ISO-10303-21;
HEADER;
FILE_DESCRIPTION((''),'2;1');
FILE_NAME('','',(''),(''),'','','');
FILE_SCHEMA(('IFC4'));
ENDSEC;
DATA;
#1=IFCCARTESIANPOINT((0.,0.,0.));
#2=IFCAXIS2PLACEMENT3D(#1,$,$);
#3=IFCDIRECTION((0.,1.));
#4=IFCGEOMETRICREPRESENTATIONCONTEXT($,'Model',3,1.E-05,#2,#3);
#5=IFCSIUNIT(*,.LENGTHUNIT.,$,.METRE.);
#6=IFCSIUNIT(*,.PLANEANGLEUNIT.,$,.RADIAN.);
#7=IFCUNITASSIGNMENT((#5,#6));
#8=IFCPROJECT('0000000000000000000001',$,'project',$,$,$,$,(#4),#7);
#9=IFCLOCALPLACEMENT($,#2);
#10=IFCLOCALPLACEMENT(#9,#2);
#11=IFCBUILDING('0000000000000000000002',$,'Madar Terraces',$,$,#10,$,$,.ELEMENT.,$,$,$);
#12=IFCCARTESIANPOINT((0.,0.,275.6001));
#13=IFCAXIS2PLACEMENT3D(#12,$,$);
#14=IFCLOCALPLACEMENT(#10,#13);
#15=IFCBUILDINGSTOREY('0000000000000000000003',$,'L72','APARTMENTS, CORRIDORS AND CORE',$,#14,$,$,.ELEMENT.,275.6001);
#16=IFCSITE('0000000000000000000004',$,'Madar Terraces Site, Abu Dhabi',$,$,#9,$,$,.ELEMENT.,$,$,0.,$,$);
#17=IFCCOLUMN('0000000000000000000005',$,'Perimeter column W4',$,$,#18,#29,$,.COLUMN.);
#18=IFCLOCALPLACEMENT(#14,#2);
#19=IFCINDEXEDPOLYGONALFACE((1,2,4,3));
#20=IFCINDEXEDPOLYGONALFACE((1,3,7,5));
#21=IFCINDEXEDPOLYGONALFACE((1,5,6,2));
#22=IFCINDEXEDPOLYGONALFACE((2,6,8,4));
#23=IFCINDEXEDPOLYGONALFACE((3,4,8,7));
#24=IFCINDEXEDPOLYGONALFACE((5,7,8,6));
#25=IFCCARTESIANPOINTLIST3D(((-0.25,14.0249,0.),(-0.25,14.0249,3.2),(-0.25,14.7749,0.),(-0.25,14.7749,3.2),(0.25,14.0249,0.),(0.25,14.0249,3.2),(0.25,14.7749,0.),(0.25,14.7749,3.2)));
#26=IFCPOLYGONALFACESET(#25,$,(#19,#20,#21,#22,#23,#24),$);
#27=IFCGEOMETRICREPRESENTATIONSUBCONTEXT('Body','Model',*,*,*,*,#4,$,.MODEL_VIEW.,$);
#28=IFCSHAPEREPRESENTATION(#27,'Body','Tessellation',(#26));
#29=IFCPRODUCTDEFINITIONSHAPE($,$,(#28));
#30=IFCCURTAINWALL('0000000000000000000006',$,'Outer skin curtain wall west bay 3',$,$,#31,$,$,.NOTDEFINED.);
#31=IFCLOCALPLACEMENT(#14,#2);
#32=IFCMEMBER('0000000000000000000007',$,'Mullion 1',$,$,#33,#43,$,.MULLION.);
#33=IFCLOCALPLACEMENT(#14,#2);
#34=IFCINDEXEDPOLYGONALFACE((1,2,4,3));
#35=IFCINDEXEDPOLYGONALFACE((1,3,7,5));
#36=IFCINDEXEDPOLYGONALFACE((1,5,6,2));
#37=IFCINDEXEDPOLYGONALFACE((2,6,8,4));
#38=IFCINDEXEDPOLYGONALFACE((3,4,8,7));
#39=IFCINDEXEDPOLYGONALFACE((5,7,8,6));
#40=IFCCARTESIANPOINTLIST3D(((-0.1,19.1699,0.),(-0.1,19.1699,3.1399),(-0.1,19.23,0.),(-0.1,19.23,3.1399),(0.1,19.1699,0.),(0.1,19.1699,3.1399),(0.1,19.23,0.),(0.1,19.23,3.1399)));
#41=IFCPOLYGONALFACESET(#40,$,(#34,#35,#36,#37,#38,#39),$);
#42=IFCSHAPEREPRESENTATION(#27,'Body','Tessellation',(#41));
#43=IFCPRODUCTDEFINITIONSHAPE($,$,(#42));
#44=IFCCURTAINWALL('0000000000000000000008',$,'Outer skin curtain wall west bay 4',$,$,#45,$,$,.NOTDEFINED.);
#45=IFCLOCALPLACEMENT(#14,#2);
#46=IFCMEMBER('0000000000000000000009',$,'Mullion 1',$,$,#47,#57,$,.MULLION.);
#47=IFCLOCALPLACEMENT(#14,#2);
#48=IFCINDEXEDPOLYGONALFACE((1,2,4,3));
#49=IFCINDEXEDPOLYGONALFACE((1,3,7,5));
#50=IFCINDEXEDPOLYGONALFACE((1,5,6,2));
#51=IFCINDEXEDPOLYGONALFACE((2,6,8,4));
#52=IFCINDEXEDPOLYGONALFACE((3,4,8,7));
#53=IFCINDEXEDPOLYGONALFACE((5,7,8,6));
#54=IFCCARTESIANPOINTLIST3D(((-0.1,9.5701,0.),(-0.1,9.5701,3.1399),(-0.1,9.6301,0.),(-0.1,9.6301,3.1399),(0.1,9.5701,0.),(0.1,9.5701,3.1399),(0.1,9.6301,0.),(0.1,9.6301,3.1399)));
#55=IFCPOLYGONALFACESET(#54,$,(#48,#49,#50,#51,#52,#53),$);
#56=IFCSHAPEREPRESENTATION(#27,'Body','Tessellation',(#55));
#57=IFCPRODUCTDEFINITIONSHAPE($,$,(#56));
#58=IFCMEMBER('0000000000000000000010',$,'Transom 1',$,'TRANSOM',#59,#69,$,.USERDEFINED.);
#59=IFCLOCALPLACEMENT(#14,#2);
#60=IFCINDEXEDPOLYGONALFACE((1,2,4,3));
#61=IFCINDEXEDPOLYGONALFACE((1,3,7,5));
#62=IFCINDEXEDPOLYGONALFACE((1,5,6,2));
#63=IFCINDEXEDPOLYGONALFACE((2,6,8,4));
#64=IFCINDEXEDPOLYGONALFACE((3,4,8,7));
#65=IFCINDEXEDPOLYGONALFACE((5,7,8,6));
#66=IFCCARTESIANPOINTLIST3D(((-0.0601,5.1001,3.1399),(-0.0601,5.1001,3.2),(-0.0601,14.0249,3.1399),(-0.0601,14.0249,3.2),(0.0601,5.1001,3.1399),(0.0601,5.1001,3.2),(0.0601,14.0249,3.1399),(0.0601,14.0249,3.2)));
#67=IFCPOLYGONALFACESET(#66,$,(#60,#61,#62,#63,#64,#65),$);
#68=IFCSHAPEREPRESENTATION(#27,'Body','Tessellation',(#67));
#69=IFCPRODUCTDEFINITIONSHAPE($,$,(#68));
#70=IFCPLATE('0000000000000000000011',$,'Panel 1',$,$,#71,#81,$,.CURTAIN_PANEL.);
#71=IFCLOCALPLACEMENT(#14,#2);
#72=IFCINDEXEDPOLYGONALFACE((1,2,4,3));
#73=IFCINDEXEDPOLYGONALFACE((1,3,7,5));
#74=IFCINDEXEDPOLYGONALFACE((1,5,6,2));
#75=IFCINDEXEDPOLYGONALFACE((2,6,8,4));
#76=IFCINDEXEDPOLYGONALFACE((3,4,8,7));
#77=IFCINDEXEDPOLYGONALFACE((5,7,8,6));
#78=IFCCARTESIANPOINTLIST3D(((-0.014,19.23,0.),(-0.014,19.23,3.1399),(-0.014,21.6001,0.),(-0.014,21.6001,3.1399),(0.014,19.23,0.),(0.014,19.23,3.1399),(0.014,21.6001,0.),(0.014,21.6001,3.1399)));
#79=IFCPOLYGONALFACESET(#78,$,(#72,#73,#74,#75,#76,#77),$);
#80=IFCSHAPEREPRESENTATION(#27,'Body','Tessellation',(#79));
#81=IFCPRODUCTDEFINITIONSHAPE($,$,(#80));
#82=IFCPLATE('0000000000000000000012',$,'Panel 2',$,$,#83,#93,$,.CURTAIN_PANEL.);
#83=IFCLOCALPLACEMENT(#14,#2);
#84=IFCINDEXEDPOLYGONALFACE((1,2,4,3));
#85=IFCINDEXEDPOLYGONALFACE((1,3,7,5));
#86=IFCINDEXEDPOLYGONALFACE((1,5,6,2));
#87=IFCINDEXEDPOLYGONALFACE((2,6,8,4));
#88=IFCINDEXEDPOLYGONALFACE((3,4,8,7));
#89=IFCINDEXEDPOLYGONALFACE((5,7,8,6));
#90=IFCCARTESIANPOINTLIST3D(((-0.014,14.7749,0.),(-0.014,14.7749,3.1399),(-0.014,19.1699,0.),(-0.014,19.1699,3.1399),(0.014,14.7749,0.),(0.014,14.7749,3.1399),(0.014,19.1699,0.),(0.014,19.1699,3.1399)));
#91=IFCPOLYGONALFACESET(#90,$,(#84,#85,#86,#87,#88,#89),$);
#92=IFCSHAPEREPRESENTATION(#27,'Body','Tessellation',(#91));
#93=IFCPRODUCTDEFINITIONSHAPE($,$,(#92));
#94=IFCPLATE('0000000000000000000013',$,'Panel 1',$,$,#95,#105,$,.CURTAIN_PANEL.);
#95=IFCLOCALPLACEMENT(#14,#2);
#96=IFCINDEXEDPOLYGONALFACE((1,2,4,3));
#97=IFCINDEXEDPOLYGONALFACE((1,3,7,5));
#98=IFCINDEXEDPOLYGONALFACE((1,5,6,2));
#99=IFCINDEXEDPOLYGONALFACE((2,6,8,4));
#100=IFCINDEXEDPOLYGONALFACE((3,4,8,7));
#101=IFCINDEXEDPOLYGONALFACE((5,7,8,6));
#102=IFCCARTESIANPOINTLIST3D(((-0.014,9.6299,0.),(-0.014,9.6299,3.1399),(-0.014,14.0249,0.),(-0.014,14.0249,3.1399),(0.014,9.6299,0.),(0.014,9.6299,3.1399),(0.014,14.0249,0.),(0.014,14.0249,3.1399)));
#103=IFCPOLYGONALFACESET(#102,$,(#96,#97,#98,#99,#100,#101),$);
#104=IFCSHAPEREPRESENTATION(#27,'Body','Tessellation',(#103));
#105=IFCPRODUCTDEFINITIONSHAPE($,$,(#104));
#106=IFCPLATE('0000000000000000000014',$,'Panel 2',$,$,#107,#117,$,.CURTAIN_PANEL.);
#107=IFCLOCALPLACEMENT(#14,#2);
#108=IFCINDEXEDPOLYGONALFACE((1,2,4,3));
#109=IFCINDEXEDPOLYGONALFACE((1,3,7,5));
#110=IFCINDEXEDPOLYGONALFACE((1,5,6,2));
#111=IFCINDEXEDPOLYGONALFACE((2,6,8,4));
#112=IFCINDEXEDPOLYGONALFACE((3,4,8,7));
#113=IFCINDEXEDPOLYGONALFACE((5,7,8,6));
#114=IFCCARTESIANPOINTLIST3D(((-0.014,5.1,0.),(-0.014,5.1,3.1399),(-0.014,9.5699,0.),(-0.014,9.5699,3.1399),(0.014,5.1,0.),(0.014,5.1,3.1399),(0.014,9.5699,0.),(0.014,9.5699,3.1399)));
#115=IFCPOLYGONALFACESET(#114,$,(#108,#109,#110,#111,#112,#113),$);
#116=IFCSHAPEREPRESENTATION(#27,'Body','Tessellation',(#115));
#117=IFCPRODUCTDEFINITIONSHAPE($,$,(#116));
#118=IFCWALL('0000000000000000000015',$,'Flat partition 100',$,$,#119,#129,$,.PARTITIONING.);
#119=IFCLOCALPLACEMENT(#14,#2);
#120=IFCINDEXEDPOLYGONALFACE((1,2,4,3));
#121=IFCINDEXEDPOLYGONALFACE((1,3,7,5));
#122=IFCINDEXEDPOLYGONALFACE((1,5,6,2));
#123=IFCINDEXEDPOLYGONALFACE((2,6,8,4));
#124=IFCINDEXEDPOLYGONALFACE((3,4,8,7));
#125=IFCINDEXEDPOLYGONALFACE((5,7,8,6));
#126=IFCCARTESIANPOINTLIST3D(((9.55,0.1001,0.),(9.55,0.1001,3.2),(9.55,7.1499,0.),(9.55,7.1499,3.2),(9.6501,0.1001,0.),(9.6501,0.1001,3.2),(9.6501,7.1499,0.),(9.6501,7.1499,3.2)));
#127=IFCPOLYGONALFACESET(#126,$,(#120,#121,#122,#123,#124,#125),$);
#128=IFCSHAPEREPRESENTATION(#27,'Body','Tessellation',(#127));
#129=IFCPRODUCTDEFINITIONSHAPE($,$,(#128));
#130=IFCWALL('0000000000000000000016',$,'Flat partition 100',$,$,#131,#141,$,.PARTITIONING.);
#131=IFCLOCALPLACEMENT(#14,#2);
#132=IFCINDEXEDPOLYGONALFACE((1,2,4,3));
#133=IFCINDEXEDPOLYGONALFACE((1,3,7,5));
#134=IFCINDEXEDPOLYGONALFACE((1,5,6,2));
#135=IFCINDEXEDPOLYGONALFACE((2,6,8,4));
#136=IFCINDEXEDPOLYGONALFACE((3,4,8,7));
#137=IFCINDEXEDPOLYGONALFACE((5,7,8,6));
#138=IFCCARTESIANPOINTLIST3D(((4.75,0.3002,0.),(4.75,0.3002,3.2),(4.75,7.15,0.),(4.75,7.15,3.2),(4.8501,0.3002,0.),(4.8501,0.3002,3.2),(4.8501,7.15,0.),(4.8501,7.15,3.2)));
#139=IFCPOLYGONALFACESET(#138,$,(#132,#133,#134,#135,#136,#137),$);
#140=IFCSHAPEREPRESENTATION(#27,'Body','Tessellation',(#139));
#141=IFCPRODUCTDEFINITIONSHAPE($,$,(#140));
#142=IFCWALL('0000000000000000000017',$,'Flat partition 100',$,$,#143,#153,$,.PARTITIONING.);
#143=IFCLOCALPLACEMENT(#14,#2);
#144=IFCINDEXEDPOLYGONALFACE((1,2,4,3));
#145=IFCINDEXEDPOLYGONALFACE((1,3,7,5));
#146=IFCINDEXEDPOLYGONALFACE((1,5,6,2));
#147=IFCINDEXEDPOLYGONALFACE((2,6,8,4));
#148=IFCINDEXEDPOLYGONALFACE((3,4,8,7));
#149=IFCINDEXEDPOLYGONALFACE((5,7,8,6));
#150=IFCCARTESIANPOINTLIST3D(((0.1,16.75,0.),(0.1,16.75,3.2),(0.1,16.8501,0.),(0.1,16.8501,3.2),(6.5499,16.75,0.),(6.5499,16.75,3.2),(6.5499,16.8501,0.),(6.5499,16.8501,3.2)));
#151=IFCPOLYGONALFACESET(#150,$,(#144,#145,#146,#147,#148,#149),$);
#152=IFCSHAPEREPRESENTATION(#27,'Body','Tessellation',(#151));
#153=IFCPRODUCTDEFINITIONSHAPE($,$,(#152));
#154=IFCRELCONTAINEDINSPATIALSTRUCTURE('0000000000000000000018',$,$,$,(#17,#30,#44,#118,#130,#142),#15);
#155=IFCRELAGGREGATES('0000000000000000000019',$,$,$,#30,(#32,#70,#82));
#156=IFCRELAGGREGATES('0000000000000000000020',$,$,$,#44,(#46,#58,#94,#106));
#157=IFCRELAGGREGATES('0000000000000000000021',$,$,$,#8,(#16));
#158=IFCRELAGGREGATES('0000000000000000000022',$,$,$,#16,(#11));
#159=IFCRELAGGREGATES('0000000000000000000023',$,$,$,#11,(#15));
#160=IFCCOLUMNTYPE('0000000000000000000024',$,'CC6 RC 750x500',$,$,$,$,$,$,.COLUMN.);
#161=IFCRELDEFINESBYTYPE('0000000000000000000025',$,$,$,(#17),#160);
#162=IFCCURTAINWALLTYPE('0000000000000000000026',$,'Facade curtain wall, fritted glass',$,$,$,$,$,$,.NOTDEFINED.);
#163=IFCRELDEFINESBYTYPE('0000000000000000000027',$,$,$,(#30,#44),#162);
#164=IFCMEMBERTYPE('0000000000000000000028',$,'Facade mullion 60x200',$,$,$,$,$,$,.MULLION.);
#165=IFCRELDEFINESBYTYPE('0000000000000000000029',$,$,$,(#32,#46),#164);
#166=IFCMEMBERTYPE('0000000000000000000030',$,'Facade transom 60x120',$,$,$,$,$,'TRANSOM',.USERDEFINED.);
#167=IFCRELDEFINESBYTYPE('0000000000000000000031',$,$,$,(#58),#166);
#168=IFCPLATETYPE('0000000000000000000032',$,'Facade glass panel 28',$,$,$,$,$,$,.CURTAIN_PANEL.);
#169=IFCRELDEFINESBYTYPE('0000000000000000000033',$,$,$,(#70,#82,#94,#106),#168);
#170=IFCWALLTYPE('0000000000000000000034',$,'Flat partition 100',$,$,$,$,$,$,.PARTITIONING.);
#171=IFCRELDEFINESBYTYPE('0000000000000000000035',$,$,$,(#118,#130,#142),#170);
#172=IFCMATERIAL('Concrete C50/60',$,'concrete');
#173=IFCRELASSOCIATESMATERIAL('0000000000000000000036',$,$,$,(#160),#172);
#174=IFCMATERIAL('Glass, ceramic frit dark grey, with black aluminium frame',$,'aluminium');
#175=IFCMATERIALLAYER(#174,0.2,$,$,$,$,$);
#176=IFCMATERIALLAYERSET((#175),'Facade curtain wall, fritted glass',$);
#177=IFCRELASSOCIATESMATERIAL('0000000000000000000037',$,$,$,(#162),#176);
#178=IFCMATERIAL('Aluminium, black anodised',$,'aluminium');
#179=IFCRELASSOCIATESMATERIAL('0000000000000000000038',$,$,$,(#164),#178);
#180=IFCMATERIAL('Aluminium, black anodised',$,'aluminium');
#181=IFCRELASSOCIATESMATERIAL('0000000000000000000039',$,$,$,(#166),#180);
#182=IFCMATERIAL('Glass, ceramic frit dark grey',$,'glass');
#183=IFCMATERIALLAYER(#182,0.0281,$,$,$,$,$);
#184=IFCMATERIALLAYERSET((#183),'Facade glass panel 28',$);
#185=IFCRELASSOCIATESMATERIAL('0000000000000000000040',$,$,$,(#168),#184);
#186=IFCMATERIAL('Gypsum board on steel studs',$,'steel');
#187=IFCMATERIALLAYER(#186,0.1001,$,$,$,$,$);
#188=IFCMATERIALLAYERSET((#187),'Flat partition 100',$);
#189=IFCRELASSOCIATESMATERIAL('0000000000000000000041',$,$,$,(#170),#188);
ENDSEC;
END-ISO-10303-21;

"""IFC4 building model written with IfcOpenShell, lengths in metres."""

from ifc_helpers import new_model, si_unit, direction, frame, frame_2d, origin, origin_2d, place, context, subcontext, project, spatial, rectangle, extrude, material, layer, layer_set, material_profile, profile_set, type_object, element, aggregate, save


model = new_model("IFC4")

# Units and contexts
model_context = context("Model", 3, precision=1e-05, world=origin(), true_north=direction((0.0, 1.0)))
body_context = subcontext(model_context, "Body", "Model", "MODEL_VIEW")
ifc_project = project(units=[si_unit("LENGTHUNIT", "METRE"), si_unit("PLANEANGLEUNIT", "RADIAN")], contexts=[model_context])

# Site, building, storey
site_placement = place(None, origin())
site = spatial("IfcSite", under=ifc_project, at=site_placement, Name="Madar Terraces Site, Abu Dhabi", CompositionType="ELEMENT", RefElevation=0.0)
building_placement = place(site_placement, origin())
building = spatial("IfcBuilding", under=site, at=building_placement, Name="Madar Terraces", CompositionType="ELEMENT")
storey_placement = place(building_placement, frame((0.0, 0.0, 275.6001)))
storey = spatial("IfcBuildingStorey", under=building, at=storey_placement, Name="L72", Description="APARTMENTS, CORRIDORS AND CORE", CompositionType="ELEMENT", Elevation=275.6001)

# Column
ifc_material_1 = material(Name="Concrete C50/60", Category="concrete")
ifc_material_profile_1 = material_profile(ifc_material_1, rectangle(XDim=0.75, YDim=0.5, at=origin_2d()), Name="CC6 RC 750x500")
ifc_profile_set_1 = profile_set([ifc_material_profile_1], Name="Concrete C50/60")
column_type = type_object("IfcColumnType", Name="CC6 RC 750x500", PredefinedType="COLUMN", material=ifc_profile_set_1)
column_placement = place(storey_placement, frame((0.0, 14.3999, 0.0), z_axis=(0.0, 0.0, 1.0), x_axis=(0.0, 1.0, 0.0)))
element("IfcColumn", 1, at=column_placement, inside=storey, type_object=column_type, Name="Perimeter column W4", PredefinedType="COLUMN", context=body_context, shape_type="SweptSolid", body=[
    extrude(rectangle(XDim=0.75, YDim=0.5, at=origin_2d()), origin(), (0.0, 0.0, 1.0), 3.2),
])

# Curtain wall, member
ifc_material_2 = material(Name="Glass, ceramic frit dark grey, with black aluminium frame", Category="aluminium")
ifc_layer_1 = layer(ifc_material_2, 0.2)
ifc_layer_set_1 = layer_set([ifc_layer_1], Name="Facade curtain wall, fritted glass")
curtain_wall_type = type_object("IfcCurtainWallType", Name="Facade curtain wall, fritted glass", PredefinedType="NOTDEFINED", material=ifc_layer_set_1)
curtain_wall_1_placement = place(storey_placement, origin())
curtain_wall_1 = element("IfcCurtainWall", 2, at=curtain_wall_1_placement, inside=storey, type_object=curtain_wall_type, Name="Outer skin curtain wall west bay 3", PredefinedType="NOTDEFINED")
ifc_material_3 = material(Name="Aluminium, black anodised", Category="aluminium")
ifc_material_profile_2 = material_profile(ifc_material_3, rectangle(XDim=0.2, YDim=0.0601, at=origin_2d()), Name="Facade mullion 60x200")
ifc_profile_set_2 = profile_set([ifc_material_profile_2], Name="Aluminium, black anodised")
member_type_1 = type_object("IfcMemberType", Name="Facade mullion 60x200", PredefinedType="MULLION", material=ifc_profile_set_2)
member_1_placement = place(storey_placement, frame((0.0, 19.2, 0.0), z_axis=(0.0, 0.0, 1.0), x_axis=(1.0, 0.0, 0.0)))
member_1 = element("IfcMember", 3, at=member_1_placement, type_object=member_type_1, Name="Mullion 1", PredefinedType="MULLION", context=body_context, shape_type="SweptSolid", body=[
    extrude(rectangle(XDim=0.2, YDim=0.0601, at=origin_2d()), origin(), (0.0, 0.0, 1.0), 3.1399),
])

# Curtain wall, members
curtain_wall_2_placement = place(storey_placement, origin())
curtain_wall_2 = element("IfcCurtainWall", 4, at=curtain_wall_2_placement, inside=storey, type_object=curtain_wall_type, Name="Outer skin curtain wall west bay 4", PredefinedType="NOTDEFINED")
member_2_placement = place(storey_placement, frame((0.0, 9.6001, 0.0), z_axis=(0.0, 0.0, 1.0), x_axis=(1.0, 0.0, 0.0)))
member_2 = element("IfcMember", 5, at=member_2_placement, type_object=member_type_1, Name="Mullion 1", PredefinedType="MULLION", context=body_context, shape_type="SweptSolid", body=[
    extrude(rectangle(XDim=0.2, YDim=0.0601, at=origin_2d()), origin(), (0.0, 0.0, 1.0), 3.1399),
])
ifc_material_4 = material(Name="Aluminium, black anodised", Category="aluminium")
ifc_material_profile_3 = material_profile(ifc_material_4, rectangle(XDim=0.1201, YDim=0.0601, at=origin_2d()), Name="Facade transom 60x120")
ifc_profile_set_3 = profile_set([ifc_material_profile_3], Name="Aluminium, black anodised")
member_type_2 = type_object("IfcMemberType", Name="Facade transom 60x120", ElementType="TRANSOM", PredefinedType="USERDEFINED", material=ifc_profile_set_3)
member_3_placement = place(storey_placement, frame((0.0, 14.0249, 3.1699), z_axis=(0.0, -1.0, 0.0), x_axis=(1.0, 0.0, 0.0)))
member_3 = element("IfcMember", 6, at=member_3_placement, type_object=member_type_2, Name="Transom 1", ObjectType="TRANSOM", PredefinedType="USERDEFINED", context=body_context, shape_type="SweptSolid", body=[
    extrude(rectangle(XDim=0.1201, YDim=0.0601, at=origin_2d()), origin(), (0.0, 0.0, 1.0), 8.9248),
])

# Plates
ifc_material_5 = material(Name="Glass, ceramic frit dark grey", Category="glass")
ifc_layer_2 = layer(ifc_material_5, 0.0281)
ifc_layer_set_2 = layer_set([ifc_layer_2], Name="Facade glass panel 28")
plate_type = type_object("IfcPlateType", Name="Facade glass panel 28", PredefinedType="CURTAIN_PANEL", material=ifc_layer_set_2)
plate_1_placement = place(storey_placement, frame((0.0, 20.415, 0.0), z_axis=(0.0, 0.0, 1.0), x_axis=(0.0, -1.0, 0.0)))
plate_1 = element("IfcPlate", 7, at=plate_1_placement, type_object=plate_type, Name="Panel 1", PredefinedType="CURTAIN_PANEL", context=body_context, shape_type="SweptSolid", body=[
    extrude(rectangle(XDim=2.3701, YDim=0.0281, at=origin_2d()), origin(), (0.0, 0.0, 1.0), 3.1399),
])
plate_2_placement = place(storey_placement, frame((0.0, 16.9724, 0.0), z_axis=(0.0, 0.0, 1.0), x_axis=(0.0, -1.0, 0.0)))
plate_2 = element("IfcPlate", 8, at=plate_2_placement, type_object=plate_type, Name="Panel 2", PredefinedType="CURTAIN_PANEL", context=body_context, shape_type="SweptSolid", body=[
    extrude(rectangle(XDim=4.395, YDim=0.0281, at=origin_2d()), origin(), (0.0, 0.0, 1.0), 3.1399),
])
aggregate(curtain_wall_1, [member_1, plate_1, plate_2])
plate_3_placement = place(storey_placement, frame((0.0, 11.8274, 0.0), z_axis=(0.0, 0.0, 1.0), x_axis=(0.0, -1.0, 0.0)))
plate_3 = element("IfcPlate", 9, at=plate_3_placement, type_object=plate_type, Name="Panel 1", PredefinedType="CURTAIN_PANEL", context=body_context, shape_type="SweptSolid", body=[
    extrude(rectangle(XDim=4.395, YDim=0.0281, at=origin_2d()), origin(), (0.0, 0.0, 1.0), 3.1399),
])
plate_4_placement = place(storey_placement, frame((0.0, 7.335, 0.0), z_axis=(0.0, 0.0, 1.0), x_axis=(0.0, -1.0, 0.0)))
plate_4 = element("IfcPlate", 10, at=plate_4_placement, type_object=plate_type, Name="Panel 2", PredefinedType="CURTAIN_PANEL", context=body_context, shape_type="SweptSolid", body=[
    extrude(rectangle(XDim=4.47, YDim=0.0281, at=origin_2d()), origin(), (0.0, 0.0, 1.0), 3.1399),
])
aggregate(curtain_wall_2, [member_2, member_3, plate_3, plate_4])

# Walls
ifc_material_6 = material(Name="Gypsum board on steel studs", Category="steel")
ifc_layer_3 = layer(ifc_material_6, 0.1001)
ifc_layer_set_3 = layer_set([ifc_layer_3], Name="Flat partition 100")
wall_type_1 = type_object("IfcWallType", Name="Flat partition 100", PredefinedType="PARTITIONING", material=ifc_layer_set_3)
wall_1_placement = place(storey_placement, frame((9.6001, 7.1499, 0.0), z_axis=(0.0, 0.0, 1.0), x_axis=(0.0, -1.0, 0.0)))
element("IfcWall", 11, at=wall_1_placement, inside=storey, type_object=wall_type_1, Name="Flat partition 100", PredefinedType="PARTITIONING", context=body_context, shape_type="SweptSolid", body=[
    extrude(rectangle(XDim=7.0498, YDim=0.1001, at=frame_2d((3.5249, 0.0))), origin(), (0.0, 0.0, 1.0), 3.2),
])
wall_2_placement = place(storey_placement, frame((4.8, 7.1499, 0.0), z_axis=(0.0, 0.0, 1.0), x_axis=(0.0, -1.0, 0.0)))
element("IfcWall", 12, at=wall_2_placement, inside=storey, type_object=wall_type_1, Name="Flat partition 100", PredefinedType="PARTITIONING", context=body_context, shape_type="SweptSolid", body=[
    extrude(rectangle(XDim=6.8499, YDim=0.1001, at=frame_2d((3.4248, 0.0))), origin(), (0.0, 0.0, 1.0), 3.2),
])
wall_3_placement = place(storey_placement, frame((6.55, 16.8, 0.0), z_axis=(0.0, 0.0, 1.0), x_axis=(-1.0, 0.0, 0.0)))
element("IfcWall", 13, at=wall_3_placement, inside=storey, type_object=wall_type_1, Name="Flat partition 100", PredefinedType="PARTITIONING", context=body_context, shape_type="SweptSolid", body=[
    extrude(rectangle(XDim=6.45, YDim=0.1001, at=frame_2d((3.2251, 0.0))), origin(), (0.0, 0.0, 1.0), 3.2),
])

save(model, "model.ifc")
